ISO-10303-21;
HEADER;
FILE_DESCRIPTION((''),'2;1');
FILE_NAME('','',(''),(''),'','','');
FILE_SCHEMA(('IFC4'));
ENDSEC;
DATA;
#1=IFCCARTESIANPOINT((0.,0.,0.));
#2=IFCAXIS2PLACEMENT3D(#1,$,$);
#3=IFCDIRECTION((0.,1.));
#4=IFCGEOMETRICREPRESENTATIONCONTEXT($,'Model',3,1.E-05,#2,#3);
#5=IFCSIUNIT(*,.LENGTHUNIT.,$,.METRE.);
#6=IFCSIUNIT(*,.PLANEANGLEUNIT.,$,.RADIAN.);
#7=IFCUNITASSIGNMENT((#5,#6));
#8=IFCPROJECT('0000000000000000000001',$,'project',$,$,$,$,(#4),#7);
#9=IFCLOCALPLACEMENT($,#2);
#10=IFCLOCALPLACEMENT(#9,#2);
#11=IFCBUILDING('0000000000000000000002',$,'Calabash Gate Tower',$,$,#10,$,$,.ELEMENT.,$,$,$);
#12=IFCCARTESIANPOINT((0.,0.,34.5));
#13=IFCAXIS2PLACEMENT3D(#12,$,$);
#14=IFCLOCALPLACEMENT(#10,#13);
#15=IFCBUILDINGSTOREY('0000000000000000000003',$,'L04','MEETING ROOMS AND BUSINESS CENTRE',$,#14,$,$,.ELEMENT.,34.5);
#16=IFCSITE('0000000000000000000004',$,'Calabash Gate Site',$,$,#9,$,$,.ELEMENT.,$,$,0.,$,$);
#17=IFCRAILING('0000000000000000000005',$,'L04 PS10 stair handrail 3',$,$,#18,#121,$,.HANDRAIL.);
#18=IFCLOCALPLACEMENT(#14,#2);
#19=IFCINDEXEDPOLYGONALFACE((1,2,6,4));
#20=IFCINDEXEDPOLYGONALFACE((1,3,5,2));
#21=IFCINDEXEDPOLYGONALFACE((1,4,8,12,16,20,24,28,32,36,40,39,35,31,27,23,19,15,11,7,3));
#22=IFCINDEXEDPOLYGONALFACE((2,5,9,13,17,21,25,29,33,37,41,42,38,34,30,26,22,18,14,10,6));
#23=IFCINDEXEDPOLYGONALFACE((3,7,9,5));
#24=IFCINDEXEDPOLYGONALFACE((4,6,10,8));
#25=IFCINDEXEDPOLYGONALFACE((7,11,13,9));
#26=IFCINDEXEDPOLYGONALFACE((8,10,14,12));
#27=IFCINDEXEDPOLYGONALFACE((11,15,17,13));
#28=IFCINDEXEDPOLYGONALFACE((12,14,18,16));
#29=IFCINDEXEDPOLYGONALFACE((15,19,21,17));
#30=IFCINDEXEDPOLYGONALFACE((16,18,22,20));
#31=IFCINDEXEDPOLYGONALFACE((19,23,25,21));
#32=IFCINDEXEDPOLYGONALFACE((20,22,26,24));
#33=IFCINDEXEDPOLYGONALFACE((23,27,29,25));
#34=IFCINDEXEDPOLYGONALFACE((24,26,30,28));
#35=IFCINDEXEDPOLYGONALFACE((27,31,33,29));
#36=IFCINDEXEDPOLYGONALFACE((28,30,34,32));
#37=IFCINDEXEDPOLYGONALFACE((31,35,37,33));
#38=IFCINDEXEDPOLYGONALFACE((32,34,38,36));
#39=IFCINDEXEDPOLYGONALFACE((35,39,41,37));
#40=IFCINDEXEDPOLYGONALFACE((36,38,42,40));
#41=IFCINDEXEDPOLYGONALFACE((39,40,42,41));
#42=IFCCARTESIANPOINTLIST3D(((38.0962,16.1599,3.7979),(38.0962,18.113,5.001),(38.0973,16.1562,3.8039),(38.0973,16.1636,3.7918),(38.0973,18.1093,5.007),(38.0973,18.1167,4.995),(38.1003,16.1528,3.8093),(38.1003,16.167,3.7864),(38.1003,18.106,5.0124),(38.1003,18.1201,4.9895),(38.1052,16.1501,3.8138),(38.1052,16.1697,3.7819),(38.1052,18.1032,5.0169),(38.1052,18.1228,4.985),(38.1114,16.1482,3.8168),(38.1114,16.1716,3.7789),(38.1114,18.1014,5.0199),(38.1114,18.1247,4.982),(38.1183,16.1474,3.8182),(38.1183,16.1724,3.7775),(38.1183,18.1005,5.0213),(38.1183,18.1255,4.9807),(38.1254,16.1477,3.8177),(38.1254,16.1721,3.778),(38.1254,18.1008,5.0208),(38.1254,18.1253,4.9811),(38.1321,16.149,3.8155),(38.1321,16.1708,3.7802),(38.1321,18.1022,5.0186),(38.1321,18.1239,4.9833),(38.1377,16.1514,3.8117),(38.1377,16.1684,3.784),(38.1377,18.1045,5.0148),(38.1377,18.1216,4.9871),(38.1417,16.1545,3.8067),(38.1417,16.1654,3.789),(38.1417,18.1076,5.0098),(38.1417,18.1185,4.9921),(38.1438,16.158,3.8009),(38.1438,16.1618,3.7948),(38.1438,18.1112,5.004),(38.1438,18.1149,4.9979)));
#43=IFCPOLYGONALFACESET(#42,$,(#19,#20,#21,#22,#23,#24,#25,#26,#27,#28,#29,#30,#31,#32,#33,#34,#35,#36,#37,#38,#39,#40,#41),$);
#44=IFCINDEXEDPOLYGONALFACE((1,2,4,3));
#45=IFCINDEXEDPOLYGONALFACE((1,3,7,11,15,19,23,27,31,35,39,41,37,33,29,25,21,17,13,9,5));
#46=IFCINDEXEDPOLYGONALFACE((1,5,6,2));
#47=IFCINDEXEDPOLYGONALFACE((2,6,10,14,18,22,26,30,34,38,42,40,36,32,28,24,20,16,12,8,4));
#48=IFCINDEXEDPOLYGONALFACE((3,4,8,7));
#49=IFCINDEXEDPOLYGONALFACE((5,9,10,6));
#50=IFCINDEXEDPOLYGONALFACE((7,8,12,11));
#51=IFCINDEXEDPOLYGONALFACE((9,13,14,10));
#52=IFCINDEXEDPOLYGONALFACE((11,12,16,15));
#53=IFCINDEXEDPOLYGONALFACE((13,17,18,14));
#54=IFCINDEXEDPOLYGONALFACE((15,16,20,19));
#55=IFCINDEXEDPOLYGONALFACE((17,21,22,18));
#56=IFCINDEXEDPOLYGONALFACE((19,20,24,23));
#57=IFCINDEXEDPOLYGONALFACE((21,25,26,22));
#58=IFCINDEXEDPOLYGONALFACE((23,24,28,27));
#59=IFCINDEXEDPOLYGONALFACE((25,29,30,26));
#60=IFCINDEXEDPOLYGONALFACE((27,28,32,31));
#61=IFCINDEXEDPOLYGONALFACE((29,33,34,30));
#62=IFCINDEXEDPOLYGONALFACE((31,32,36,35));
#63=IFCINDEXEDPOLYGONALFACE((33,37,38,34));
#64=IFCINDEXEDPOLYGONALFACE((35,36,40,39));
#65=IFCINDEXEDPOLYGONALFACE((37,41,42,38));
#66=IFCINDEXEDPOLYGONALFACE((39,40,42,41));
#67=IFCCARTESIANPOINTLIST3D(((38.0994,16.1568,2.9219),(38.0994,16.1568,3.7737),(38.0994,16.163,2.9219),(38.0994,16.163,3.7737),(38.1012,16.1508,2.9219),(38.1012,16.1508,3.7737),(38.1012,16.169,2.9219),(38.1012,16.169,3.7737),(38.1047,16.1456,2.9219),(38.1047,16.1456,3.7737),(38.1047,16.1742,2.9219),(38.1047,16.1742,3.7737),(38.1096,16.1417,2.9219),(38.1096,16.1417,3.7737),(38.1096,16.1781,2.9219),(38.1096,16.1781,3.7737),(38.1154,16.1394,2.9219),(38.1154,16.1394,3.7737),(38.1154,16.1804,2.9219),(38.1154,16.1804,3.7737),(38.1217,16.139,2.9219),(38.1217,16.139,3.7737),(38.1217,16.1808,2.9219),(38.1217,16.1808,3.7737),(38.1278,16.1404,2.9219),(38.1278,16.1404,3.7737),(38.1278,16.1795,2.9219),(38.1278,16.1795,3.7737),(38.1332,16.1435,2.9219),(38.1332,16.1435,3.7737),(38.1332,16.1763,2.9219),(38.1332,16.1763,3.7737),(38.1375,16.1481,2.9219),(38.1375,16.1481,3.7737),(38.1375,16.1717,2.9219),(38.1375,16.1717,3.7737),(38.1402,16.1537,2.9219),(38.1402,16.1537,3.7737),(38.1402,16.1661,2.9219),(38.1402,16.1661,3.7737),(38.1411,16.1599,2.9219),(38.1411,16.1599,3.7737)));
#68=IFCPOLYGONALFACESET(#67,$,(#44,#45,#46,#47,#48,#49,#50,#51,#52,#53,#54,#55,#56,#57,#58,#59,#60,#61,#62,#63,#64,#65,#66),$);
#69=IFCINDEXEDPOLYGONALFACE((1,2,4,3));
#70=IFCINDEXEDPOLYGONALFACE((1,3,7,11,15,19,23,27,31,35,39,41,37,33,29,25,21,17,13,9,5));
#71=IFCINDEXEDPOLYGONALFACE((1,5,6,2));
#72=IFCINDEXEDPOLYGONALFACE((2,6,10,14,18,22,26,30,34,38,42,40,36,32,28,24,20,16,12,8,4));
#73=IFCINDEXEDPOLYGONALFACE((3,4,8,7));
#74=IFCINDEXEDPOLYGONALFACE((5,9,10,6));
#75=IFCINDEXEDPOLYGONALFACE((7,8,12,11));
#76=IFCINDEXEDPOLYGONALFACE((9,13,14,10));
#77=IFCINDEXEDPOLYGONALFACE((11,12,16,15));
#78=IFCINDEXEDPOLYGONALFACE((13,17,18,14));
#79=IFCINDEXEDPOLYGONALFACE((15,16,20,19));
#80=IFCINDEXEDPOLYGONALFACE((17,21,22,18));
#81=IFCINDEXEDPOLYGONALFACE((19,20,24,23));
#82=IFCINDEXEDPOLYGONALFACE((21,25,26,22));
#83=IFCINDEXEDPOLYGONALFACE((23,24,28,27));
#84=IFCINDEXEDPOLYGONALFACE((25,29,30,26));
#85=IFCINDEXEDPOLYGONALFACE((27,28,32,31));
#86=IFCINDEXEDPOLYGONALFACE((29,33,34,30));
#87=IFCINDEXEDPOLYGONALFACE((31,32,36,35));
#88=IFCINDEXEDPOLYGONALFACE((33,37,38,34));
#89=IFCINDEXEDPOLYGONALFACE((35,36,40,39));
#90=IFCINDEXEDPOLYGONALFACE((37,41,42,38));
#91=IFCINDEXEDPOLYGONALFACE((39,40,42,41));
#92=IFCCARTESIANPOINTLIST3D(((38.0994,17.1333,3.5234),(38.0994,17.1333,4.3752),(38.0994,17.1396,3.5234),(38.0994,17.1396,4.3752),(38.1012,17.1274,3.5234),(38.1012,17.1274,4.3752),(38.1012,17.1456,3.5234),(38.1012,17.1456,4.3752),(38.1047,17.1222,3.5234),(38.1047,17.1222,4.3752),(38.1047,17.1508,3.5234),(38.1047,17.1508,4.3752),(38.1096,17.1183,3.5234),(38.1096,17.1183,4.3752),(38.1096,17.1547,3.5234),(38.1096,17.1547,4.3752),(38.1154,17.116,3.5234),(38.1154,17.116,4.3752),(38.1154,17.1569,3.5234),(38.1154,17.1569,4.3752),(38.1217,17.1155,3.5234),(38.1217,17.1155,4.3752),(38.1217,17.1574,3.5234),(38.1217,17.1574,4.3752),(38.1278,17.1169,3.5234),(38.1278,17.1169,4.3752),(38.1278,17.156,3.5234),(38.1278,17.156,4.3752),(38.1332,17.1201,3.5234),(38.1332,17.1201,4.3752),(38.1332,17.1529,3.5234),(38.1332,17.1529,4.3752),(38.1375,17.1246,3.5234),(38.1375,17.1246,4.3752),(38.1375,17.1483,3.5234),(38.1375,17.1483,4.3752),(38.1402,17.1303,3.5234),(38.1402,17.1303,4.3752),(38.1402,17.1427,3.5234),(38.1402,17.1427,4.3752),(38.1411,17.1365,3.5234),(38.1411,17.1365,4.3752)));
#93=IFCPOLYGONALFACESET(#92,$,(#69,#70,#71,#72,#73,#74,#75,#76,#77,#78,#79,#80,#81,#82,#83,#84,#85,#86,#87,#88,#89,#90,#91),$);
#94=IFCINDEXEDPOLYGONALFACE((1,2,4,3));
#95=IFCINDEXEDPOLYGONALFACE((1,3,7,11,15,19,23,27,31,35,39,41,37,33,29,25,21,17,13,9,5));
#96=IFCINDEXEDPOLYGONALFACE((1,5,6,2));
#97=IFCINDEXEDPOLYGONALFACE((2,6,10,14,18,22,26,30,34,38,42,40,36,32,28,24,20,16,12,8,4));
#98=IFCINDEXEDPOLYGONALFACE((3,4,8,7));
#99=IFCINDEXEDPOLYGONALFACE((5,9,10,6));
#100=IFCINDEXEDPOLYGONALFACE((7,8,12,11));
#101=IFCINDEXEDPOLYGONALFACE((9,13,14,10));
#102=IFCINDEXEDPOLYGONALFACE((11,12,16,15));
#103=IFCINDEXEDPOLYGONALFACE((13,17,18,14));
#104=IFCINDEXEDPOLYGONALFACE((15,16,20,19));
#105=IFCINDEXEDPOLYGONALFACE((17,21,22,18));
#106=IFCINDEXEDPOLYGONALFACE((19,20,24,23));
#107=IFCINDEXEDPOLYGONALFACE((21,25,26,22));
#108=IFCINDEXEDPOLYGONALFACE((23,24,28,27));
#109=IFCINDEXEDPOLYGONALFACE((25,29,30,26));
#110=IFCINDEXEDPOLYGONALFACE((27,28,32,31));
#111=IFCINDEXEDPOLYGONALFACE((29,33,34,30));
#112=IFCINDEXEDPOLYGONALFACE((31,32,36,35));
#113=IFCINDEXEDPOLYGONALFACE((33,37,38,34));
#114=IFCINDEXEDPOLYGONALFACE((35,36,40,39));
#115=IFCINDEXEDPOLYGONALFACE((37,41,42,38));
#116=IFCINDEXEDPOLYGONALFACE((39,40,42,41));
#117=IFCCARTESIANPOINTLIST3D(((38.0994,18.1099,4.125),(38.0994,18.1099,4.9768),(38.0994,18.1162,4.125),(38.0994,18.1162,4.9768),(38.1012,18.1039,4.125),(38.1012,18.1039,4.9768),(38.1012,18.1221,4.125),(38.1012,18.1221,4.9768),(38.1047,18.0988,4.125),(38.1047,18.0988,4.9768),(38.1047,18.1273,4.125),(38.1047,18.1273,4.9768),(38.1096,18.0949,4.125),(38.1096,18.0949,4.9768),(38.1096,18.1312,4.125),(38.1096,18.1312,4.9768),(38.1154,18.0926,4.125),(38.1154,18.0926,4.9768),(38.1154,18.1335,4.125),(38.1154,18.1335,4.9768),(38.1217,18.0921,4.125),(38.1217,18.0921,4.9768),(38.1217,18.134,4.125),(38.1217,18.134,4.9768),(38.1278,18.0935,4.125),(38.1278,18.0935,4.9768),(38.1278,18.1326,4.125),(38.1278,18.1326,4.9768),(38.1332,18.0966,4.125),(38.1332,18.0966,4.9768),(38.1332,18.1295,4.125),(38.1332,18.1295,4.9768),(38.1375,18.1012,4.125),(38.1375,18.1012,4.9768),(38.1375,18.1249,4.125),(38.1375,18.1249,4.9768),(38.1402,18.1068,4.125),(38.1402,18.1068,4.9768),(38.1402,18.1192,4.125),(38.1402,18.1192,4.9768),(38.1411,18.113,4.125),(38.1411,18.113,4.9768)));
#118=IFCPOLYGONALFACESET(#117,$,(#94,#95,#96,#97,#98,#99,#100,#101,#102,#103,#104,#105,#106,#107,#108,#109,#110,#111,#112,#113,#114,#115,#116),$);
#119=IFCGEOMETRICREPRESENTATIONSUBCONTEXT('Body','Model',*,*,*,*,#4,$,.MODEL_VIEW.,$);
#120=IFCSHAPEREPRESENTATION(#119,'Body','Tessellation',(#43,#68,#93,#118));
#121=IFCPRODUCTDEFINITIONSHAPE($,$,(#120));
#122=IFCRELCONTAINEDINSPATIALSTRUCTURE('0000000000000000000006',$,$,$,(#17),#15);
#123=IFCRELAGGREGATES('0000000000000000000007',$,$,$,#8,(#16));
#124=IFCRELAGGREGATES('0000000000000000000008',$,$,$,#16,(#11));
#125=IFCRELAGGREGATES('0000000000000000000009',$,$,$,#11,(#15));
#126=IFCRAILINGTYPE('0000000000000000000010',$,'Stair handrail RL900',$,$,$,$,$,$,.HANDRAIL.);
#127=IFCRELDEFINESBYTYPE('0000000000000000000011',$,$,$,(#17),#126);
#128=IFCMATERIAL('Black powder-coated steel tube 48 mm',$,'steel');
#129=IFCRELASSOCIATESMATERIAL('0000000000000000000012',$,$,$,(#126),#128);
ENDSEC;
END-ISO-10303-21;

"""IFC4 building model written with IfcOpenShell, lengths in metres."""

from ifc_helpers import new_model, si_unit, direction, frame, origin, origin_2d, place, context, subcontext, project, spatial, circle, extrude, material, type_object, element, save


model = new_model("IFC4")

# Units and contexts
model_context = context("Model", 3, precision=1e-05, world=origin(), true_north=direction((0.0, 1.0)))
body_context = subcontext(model_context, "Body", "Model", "MODEL_VIEW")
ifc_project = project(units=[si_unit("LENGTHUNIT", "METRE"), si_unit("PLANEANGLEUNIT", "RADIAN")], contexts=[model_context])

# Site, building, storey
site_placement = place(None, origin())
site = spatial("IfcSite", under=ifc_project, at=site_placement, Name="Calabash Gate Site", CompositionType="ELEMENT", RefElevation=0.0)
building_placement = place(site_placement, origin())
building = spatial("IfcBuilding", under=site, at=building_placement, Name="Calabash Gate Tower", CompositionType="ELEMENT")
storey_placement = place(building_placement, frame((0.0, 0.0, 34.5)))
storey = spatial("IfcBuildingStorey", under=building, at=storey_placement, Name="L04", Description="MEETING ROOMS AND BUSINESS CENTRE", CompositionType="ELEMENT", Elevation=34.5)

# Railing
ifc_material_1 = material(Name="Black powder-coated steel tube 48 mm", Category="steel")
railing_type_1 = type_object("IfcRailingType", Name="Stair handrail RL900", PredefinedType="HANDRAIL", material=ifc_material_1)
railing_1_placement = place(storey_placement, frame((38.1201, 16.1599, 2.9219)))
element("IfcRailing", 1, at=railing_1_placement, inside=storey, type_object=railing_type_1, Name="L04 PS10 stair handrail 3", PredefinedType="HANDRAIL", context=body_context, shape_type="SweptSolid", body=[
    extrude(circle(Radius=0.0239, at=origin_2d()), frame((0.0, 0.0, 0.876), z_axis=(0.0, 0.851424, 0.524477), x_axis=(-1.0, 0.0, 0.0)), (0.0, 0.0, 1.0), 2.2939),
    extrude(circle(Radius=0.021, at=origin_2d()), origin(), (0.0, 0.0, 1.0), 0.8518),
    extrude(circle(Radius=0.021, at=origin_2d()), frame((0.0, 0.9766, 0.6016)), (0.0, 0.0, 1.0), 0.8518),
    extrude(circle(Radius=0.021, at=origin_2d()), frame((0.0, 1.9531, 1.2031)), (0.0, 0.0, 1.0), 0.8518),
])

save(model, "model.ifc")
